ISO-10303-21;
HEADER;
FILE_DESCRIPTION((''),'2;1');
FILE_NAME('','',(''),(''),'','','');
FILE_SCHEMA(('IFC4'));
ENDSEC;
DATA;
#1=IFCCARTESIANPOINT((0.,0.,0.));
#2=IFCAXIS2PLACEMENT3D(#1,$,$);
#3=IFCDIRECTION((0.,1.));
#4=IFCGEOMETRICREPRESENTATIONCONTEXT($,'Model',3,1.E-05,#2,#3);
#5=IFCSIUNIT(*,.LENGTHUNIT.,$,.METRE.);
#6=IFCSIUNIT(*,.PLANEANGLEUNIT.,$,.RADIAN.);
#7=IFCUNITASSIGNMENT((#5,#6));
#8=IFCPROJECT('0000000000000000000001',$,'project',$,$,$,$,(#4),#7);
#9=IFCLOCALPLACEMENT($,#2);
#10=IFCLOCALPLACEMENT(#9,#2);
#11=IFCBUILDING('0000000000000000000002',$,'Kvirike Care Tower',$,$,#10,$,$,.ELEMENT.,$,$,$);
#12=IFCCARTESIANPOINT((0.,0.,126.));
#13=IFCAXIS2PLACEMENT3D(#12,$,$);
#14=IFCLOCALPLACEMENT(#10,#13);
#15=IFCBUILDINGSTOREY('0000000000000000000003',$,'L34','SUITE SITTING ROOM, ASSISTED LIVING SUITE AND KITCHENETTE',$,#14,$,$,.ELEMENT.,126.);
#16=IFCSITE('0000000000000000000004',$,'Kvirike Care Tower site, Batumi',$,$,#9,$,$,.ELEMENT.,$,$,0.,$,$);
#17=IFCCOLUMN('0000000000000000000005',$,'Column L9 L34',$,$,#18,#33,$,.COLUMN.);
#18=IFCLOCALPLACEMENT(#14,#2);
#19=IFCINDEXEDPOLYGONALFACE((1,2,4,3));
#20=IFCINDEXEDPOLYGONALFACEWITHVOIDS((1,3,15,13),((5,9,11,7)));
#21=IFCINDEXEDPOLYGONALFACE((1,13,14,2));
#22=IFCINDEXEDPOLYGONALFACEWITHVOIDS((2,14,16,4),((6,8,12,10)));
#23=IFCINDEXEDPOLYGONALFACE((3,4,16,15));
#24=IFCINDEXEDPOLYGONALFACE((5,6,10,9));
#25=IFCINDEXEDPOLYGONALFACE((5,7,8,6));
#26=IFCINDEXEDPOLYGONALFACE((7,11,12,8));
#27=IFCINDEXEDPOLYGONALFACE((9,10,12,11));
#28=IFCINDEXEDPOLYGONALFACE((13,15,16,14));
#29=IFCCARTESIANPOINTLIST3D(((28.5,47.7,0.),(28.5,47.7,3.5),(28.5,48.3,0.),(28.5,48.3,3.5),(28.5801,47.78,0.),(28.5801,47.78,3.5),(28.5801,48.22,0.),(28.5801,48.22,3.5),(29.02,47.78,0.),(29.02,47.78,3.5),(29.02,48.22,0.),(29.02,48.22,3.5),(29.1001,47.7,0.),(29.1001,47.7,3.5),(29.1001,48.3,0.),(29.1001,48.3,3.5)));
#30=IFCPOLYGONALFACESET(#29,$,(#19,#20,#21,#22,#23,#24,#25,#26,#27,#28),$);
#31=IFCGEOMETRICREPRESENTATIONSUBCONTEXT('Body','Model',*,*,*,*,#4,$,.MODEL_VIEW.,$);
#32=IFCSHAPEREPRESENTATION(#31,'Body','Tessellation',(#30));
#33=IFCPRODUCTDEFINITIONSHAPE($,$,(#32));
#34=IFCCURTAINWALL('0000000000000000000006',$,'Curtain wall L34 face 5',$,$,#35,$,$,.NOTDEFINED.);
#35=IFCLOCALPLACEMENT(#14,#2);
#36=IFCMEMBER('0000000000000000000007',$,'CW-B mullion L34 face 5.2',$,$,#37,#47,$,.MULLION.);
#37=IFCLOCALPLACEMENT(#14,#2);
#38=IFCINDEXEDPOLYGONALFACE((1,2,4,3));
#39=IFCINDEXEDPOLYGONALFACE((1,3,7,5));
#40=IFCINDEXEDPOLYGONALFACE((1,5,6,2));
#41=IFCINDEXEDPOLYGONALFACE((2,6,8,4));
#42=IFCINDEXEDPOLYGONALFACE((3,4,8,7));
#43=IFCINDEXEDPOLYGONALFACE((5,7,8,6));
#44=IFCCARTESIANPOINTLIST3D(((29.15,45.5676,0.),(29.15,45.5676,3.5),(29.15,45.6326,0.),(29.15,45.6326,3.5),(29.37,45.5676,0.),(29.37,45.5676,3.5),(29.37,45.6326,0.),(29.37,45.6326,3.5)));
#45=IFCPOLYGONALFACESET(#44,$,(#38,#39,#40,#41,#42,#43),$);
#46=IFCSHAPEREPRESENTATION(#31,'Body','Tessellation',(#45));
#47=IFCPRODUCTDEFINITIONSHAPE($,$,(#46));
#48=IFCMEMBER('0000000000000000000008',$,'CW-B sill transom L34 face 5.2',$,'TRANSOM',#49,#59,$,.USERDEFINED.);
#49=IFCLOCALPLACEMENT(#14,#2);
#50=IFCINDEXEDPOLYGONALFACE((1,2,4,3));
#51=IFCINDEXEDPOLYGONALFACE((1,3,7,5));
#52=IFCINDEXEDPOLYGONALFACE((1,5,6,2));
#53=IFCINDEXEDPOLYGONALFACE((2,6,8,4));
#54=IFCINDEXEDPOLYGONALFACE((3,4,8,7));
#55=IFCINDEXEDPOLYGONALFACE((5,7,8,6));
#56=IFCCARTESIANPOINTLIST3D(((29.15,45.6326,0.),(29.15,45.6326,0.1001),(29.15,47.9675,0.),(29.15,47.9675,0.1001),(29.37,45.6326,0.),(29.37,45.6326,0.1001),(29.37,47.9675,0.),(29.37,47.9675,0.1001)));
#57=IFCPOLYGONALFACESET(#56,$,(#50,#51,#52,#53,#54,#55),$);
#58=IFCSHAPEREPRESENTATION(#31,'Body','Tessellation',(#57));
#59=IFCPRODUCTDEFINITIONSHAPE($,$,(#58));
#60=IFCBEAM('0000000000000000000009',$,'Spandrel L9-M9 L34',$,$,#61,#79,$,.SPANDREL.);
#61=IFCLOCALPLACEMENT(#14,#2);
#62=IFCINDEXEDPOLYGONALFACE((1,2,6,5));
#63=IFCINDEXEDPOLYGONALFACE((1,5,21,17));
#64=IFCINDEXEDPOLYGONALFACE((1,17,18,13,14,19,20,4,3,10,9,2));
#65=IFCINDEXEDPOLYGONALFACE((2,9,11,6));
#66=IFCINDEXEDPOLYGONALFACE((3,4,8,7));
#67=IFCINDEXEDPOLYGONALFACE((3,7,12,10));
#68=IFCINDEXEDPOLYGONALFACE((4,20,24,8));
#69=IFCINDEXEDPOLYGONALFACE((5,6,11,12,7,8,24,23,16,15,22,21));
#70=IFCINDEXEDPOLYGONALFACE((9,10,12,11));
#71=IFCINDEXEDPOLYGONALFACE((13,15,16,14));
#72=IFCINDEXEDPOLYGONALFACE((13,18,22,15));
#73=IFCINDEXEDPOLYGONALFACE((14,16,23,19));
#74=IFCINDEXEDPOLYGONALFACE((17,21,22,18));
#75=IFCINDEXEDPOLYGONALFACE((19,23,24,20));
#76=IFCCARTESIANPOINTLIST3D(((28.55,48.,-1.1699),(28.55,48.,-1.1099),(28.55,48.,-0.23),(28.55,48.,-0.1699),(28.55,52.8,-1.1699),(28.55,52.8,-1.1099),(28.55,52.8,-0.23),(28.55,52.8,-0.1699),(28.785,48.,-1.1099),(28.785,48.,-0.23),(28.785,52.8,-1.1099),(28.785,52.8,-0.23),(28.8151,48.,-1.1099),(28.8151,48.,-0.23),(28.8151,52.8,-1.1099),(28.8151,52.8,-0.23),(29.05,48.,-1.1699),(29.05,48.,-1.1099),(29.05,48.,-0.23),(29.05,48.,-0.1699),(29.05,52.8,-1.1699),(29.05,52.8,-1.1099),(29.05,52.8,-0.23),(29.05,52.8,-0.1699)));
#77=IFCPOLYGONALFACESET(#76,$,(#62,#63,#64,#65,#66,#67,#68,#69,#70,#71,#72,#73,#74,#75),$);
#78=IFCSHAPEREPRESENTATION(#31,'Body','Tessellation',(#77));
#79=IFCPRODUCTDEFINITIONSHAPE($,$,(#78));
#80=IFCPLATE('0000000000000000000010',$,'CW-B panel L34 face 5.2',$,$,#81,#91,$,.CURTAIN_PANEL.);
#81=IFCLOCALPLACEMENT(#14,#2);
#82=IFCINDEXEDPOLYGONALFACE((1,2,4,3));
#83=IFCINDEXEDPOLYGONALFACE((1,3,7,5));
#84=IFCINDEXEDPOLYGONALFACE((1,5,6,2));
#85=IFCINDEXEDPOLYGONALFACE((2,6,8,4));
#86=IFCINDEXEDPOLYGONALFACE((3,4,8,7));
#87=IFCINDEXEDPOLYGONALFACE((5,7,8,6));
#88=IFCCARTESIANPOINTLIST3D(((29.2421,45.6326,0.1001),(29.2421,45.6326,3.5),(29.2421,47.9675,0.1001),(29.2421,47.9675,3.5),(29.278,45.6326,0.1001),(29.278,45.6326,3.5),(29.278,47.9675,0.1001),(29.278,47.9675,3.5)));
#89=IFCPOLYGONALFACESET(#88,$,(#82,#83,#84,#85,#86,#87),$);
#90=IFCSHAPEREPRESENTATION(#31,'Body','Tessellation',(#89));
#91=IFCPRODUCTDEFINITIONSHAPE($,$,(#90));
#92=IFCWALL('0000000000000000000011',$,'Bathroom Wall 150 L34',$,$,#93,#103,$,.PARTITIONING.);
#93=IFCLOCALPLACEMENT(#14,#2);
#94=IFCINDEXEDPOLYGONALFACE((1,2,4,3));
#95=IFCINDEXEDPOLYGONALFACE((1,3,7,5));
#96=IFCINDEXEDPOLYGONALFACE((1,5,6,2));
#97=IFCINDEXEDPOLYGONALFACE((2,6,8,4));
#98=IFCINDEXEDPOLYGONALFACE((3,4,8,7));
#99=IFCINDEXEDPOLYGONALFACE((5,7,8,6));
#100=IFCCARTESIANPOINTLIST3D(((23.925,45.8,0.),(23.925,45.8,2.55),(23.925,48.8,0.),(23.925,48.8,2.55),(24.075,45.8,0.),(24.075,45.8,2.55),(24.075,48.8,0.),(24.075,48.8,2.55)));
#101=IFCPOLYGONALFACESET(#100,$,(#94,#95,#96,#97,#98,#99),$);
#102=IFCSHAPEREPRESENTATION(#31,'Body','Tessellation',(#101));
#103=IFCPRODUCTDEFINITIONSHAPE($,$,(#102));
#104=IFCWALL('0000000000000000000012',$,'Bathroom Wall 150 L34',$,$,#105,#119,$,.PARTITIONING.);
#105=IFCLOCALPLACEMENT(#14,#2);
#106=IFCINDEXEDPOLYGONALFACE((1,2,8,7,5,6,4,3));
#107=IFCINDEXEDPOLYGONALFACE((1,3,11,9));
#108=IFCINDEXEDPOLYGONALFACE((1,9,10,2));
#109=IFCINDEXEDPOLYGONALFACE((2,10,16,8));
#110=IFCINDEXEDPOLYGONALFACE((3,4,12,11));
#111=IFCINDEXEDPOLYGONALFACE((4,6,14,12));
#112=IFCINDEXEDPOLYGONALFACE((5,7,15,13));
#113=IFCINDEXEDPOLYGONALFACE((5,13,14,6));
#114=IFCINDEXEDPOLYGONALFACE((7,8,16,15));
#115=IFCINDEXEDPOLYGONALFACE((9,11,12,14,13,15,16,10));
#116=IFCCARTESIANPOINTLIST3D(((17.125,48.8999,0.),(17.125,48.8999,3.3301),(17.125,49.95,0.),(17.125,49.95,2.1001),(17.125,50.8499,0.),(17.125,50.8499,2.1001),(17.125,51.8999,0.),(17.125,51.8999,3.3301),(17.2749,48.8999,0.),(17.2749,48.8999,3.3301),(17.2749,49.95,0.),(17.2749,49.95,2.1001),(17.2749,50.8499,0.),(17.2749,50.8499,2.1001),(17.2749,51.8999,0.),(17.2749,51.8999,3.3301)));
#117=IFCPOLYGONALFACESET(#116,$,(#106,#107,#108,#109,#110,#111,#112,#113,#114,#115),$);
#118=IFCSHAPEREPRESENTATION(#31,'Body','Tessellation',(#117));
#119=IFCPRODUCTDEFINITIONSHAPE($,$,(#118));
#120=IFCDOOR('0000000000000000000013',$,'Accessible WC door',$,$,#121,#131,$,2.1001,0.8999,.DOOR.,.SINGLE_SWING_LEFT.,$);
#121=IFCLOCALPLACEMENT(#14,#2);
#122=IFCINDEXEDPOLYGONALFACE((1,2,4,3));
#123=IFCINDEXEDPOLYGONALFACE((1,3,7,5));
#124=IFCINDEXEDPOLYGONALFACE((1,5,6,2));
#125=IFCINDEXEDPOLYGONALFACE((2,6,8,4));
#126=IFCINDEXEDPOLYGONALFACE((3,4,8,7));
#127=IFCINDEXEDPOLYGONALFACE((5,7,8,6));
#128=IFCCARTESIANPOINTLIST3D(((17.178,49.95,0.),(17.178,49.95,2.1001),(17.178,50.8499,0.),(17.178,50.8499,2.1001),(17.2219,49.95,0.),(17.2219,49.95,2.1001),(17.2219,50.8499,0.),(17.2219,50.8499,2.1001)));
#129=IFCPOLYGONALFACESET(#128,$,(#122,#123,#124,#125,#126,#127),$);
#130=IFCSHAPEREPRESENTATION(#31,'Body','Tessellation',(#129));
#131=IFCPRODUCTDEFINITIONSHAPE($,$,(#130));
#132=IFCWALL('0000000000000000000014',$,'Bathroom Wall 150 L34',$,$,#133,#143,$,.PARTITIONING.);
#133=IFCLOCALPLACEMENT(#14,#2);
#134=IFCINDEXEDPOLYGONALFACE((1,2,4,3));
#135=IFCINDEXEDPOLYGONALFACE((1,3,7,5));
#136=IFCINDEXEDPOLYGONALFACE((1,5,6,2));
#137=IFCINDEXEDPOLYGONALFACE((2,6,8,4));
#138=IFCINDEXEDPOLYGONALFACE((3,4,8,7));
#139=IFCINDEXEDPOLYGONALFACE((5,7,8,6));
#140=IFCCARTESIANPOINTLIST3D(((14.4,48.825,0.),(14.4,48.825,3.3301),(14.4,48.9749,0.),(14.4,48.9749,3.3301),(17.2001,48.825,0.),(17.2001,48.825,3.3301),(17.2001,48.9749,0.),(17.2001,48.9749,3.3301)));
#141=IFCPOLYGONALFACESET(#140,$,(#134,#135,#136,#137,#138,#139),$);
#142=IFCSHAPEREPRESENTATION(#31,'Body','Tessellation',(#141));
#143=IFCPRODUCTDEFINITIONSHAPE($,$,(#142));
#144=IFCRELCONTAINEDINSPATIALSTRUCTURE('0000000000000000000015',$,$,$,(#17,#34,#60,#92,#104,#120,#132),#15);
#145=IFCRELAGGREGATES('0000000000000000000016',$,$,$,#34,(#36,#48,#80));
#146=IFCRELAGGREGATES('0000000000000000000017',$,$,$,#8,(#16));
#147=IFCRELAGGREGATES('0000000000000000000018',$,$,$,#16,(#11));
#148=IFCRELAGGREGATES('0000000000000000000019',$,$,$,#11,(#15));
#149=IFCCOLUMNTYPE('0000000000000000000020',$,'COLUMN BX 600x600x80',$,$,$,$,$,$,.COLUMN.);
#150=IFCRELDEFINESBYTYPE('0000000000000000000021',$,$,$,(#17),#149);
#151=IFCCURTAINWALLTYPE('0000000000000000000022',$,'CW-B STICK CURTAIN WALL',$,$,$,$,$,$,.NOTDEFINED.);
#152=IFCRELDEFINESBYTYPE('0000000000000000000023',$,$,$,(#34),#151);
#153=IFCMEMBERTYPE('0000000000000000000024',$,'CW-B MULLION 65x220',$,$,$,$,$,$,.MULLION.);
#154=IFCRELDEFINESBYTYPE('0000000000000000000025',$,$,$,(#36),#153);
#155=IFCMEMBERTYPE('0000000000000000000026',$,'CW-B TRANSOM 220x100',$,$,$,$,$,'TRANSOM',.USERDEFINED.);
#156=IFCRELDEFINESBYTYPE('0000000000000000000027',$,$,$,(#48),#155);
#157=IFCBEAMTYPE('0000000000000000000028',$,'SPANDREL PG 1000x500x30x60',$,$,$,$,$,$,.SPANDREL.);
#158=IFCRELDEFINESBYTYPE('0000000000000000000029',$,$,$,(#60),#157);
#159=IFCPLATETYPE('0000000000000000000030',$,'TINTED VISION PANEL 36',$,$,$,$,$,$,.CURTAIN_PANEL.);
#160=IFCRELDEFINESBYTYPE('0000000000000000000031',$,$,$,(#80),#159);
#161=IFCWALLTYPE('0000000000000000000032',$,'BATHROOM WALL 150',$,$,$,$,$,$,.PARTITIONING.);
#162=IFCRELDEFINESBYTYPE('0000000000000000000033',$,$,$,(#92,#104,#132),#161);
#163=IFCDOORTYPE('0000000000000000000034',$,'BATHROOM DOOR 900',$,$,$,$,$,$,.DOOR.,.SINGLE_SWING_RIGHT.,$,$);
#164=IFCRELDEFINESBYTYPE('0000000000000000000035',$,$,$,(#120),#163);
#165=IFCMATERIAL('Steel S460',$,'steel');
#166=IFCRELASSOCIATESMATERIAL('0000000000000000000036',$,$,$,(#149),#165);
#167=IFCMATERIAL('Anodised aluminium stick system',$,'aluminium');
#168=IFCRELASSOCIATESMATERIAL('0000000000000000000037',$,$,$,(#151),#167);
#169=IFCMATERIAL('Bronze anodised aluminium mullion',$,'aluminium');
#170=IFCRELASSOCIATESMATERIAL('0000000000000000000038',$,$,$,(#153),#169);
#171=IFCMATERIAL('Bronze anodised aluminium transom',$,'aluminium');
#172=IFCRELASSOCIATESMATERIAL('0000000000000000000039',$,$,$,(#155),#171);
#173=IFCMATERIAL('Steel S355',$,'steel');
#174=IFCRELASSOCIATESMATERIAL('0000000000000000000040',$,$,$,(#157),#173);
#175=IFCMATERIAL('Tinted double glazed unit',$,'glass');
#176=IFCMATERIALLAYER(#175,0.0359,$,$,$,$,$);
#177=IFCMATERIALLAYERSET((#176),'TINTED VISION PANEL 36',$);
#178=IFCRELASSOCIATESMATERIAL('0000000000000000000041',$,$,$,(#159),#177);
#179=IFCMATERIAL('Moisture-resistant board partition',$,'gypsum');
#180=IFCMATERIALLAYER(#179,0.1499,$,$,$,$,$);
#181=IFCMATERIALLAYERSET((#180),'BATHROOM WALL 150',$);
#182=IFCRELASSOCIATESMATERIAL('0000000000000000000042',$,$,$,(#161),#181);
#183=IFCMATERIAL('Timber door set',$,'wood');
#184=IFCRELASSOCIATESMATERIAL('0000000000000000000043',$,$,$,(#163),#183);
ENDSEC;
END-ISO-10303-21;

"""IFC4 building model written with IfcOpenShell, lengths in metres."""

from ifc_helpers import new_model, si_unit, direction, frame, frame_2d, origin, origin_2d, place, context, subcontext, project, spatial, rectangle, hollow_rectangle, i_section, extrude, material, layer, layer_set, material_profile, profile_set, type_object, element, fill, aggregate, save


model = new_model("IFC4")

# Units and contexts
model_context = context("Model", 3, precision=1e-05, world=origin(), true_north=direction((0.0, 1.0)))
body_context = subcontext(model_context, "Body", "Model", "MODEL_VIEW")
ifc_project = project(units=[si_unit("LENGTHUNIT", "METRE"), si_unit("PLANEANGLEUNIT", "RADIAN")], contexts=[model_context])

# Site, building, storey
site_placement = place(None, origin())
site = spatial("IfcSite", under=ifc_project, at=site_placement, Name="Kvirike Care Tower site, Batumi", CompositionType="ELEMENT", RefElevation=0.0)
building_placement = place(site_placement, origin())
building = spatial("IfcBuilding", under=site, at=building_placement, Name="Kvirike Care Tower", CompositionType="ELEMENT")
storey_placement = place(building_placement, frame((0.0, 0.0, 126.0)))
storey = spatial("IfcBuildingStorey", under=building, at=storey_placement, Name="L34", Description="SUITE SITTING ROOM, ASSISTED LIVING SUITE AND KITCHENETTE", CompositionType="ELEMENT", Elevation=126.0)

# Column
ifc_material_1 = material(Name="Steel S460", Category="steel")
ifc_material_profile_1 = material_profile(ifc_material_1, hollow_rectangle(XDim=0.6001, YDim=0.6001, WallThickness=0.0801, at=origin_2d()), Name="BX 600x600x80")
ifc_profile_set_1 = profile_set([ifc_material_profile_1], Name="Steel S460")
column_type = type_object("IfcColumnType", Name="COLUMN BX 600x600x80", PredefinedType="COLUMN", material=ifc_profile_set_1)
column_placement = place(storey_placement, frame((28.8, 48.0, 0.0), z_axis=(0.0, 0.0, 1.0), x_axis=(1.0, 0.0, 0.0)))
element("IfcColumn", 1, at=column_placement, inside=storey, type_object=column_type, Name="Column L9 L34", PredefinedType="COLUMN", context=body_context, shape_type="SweptSolid", body=[
    extrude(hollow_rectangle(XDim=0.6001, YDim=0.6001, WallThickness=0.0801, at=origin_2d()), origin(), (0.0, 0.0, 1.0), 3.5),
])

# Curtain wall, members
ifc_material_2 = material(Name="Anodised aluminium stick system", Category="aluminium")
curtain_wall_type = type_object("IfcCurtainWallType", Name="CW-B STICK CURTAIN WALL", PredefinedType="NOTDEFINED", material=ifc_material_2)
curtain_wall_placement = place(storey_placement, origin())
curtain_wall = element("IfcCurtainWall", 2, at=curtain_wall_placement, inside=storey, type_object=curtain_wall_type, Name="Curtain wall L34 face 5", PredefinedType="NOTDEFINED")
ifc_material_3 = material(Name="Bronze anodised aluminium mullion", Category="aluminium")
ifc_material_profile_2 = material_profile(ifc_material_3, rectangle(XDim=0.0649, YDim=0.22, at=origin_2d()), Name="CW-B MULLION 65x220")
ifc_profile_set_2 = profile_set([ifc_material_profile_2], Name="Bronze anodised aluminium mullion")
member_type_1 = type_object("IfcMemberType", Name="CW-B MULLION 65x220", PredefinedType="MULLION", material=ifc_profile_set_2)
member_1_placement = place(storey_placement, frame((29.26, 45.6001, 0.0), z_axis=(0.0, 0.0, 1.0), x_axis=(0.0, 1.0, 0.0)))
member_1 = element("IfcMember", 3, at=member_1_placement, type_object=member_type_1, Name="CW-B mullion L34 face 5.2", PredefinedType="MULLION", context=body_context, shape_type="SweptSolid", body=[
    extrude(rectangle(XDim=0.0649, YDim=0.22, at=origin_2d()), origin(), (0.0, 0.0, 1.0), 3.5),
])
ifc_material_4 = material(Name="Bronze anodised aluminium transom", Category="aluminium")
ifc_material_profile_3 = material_profile(ifc_material_4, rectangle(XDim=0.22, YDim=0.1001, at=origin_2d()), Name="CW-B TRANSOM 220x100")
ifc_profile_set_3 = profile_set([ifc_material_profile_3], Name="Bronze anodised aluminium transom")
member_type_2 = type_object("IfcMemberType", Name="CW-B TRANSOM 220x100", ElementType="TRANSOM", PredefinedType="USERDEFINED", material=ifc_profile_set_3)
member_2_placement = place(storey_placement, frame((29.26, 45.6326, 0.05), z_axis=(0.0, 1.0, 0.0), x_axis=(-1.0, 0.0, 0.0)))
member_2 = element("IfcMember", 4, at=member_2_placement, type_object=member_type_2, Name="CW-B sill transom L34 face 5.2", ObjectType="TRANSOM", PredefinedType="USERDEFINED", context=body_context, shape_type="SweptSolid", body=[
    extrude(rectangle(XDim=0.22, YDim=0.1001, at=origin_2d()), origin(), (0.0, 0.0, 1.0), 2.335),
])

# Beam
ifc_material_5 = material(Name="Steel S355", Category="steel")
ifc_material_profile_4 = material_profile(ifc_material_5, i_section(OverallWidth=0.5, OverallDepth=1.0, WebThickness=0.03, FlangeThickness=0.0601, at=origin_2d()), Name="PG 1000x500x30x60")
ifc_profile_set_4 = profile_set([ifc_material_profile_4], Name="Steel S355")
beam_type = type_object("IfcBeamType", Name="SPANDREL PG 1000x500x30x60", PredefinedType="SPANDREL", material=ifc_profile_set_4)
beam_placement = place(storey_placement, frame((28.8, 48.0, -0.6699), z_axis=(0.0, 1.0, 0.0), x_axis=(-1.0, 0.0, 0.0)))
element("IfcBeam", 5, at=beam_placement, inside=storey, type_object=beam_type, Name="Spandrel L9-M9 L34", PredefinedType="SPANDREL", context=body_context, shape_type="SweptSolid", body=[
    extrude(i_section(OverallWidth=0.5, OverallDepth=1.0, WebThickness=0.03, FlangeThickness=0.0601, at=origin_2d()), origin(), (0.0, 0.0, 1.0), 4.8),
])

# Plate
ifc_material_6 = material(Name="Tinted double glazed unit", Category="glass")
ifc_layer_1 = layer(ifc_material_6, 0.0359)
ifc_layer_set_1 = layer_set([ifc_layer_1], Name="TINTED VISION PANEL 36")
plate_type = type_object("IfcPlateType", Name="TINTED VISION PANEL 36", PredefinedType="CURTAIN_PANEL", material=ifc_layer_set_1)
plate_placement = place(storey_placement, frame((29.26, 46.8, 0.1001), z_axis=(0.0, 0.0, 1.0), x_axis=(0.0, 1.0, 0.0)))
plate = element("IfcPlate", 6, at=plate_placement, type_object=plate_type, Name="CW-B panel L34 face 5.2", PredefinedType="CURTAIN_PANEL", context=body_context, shape_type="SweptSolid", body=[
    extrude(rectangle(XDim=2.335, YDim=0.0359, at=origin_2d()), origin(), (0.0, 0.0, 1.0), 3.3999),
])
aggregate(curtain_wall, [member_1, member_2, plate])

# Wall
ifc_material_7 = material(Name="Moisture-resistant board partition", Category="gypsum")
ifc_layer_2 = layer(ifc_material_7, 0.1499)
ifc_layer_set_2 = layer_set([ifc_layer_2], Name="BATHROOM WALL 150")
wall_type_1 = type_object("IfcWallType", Name="BATHROOM WALL 150", PredefinedType="PARTITIONING", material=ifc_layer_set_2)
wall_1_placement = place(storey_placement, frame((24.0, 48.8, 0.0), z_axis=(0.0, 0.0, 1.0), x_axis=(0.0, -1.0, 0.0)))
element("IfcWall", 7, at=wall_1_placement, inside=storey, type_object=wall_type_1, Name="Bathroom Wall 150 L34", PredefinedType="PARTITIONING", context=body_context, shape_type="SweptSolid", body=[
    extrude(rectangle(XDim=3.0, YDim=0.1499, at=frame_2d((1.5, 0.0))), origin(), (0.0, 0.0, 1.0), 2.55),
])

# Wall, opening, door
wall_2_placement = place(storey_placement, frame((17.2, 51.8999, 0.0), z_axis=(0.0, 0.0, 1.0), x_axis=(0.0, -1.0, 0.0)))
wall_2 = element("IfcWall", 8, at=wall_2_placement, inside=storey, type_object=wall_type_1, Name="Bathroom Wall 150 L34", PredefinedType="PARTITIONING", context=body_context, shape_type="SweptSolid", body=[
    extrude(rectangle(XDim=3.0, YDim=0.1499, at=frame_2d((1.5, 0.0))), origin(), (0.0, 0.0, 1.0), 3.3301),
])
opening_1_placement = place(wall_2_placement, frame((1.05, 0.0, 0.0)))
opening_1 = element("IfcOpeningElement", 9, at=opening_1_placement, cuts=wall_2, PredefinedType="OPENING", context=body_context, shape_type="SweptSolid", body=[
    extrude(rectangle(XDim=0.8999, YDim=2.1001, at=frame_2d((0.45, 1.05))), frame((0.0, 0.0854, 0.0), z_axis=(0.0, -1.0, 0.0), x_axis=(1.0, 0.0, 0.0)), (0.0, 0.0, 1.0), 0.1709),
])
ifc_material_8 = material(Name="Timber door set", Category="wood")
door_type_1 = type_object("IfcDoorType", Name="BATHROOM DOOR 900", OperationType="SINGLE_SWING_RIGHT", PredefinedType="DOOR", material=ifc_material_8)
door_1_placement = place(opening_1_placement, frame((0.8999, 0.0, 0.0), z_axis=(0.0, 0.0, 1.0), x_axis=(-1.0, 0.0, 0.0)))
door_1 = element("IfcDoor", 10, at=door_1_placement, inside=storey, type_object=door_type_1, Name="Accessible WC door", OperationType="SINGLE_SWING_LEFT", OverallHeight=2.1001, OverallWidth=0.8999, PredefinedType="DOOR", context=body_context, shape_type="SweptSolid", body=[
    extrude(rectangle(XDim=0.8999, YDim=2.1001, at=frame_2d((0.45, 1.05))), frame((0.0, 0.022, 0.0), z_axis=(0.0, -1.0, 0.0), x_axis=(1.0, 0.0, 0.0)), (0.0, 0.0, 1.0), 0.0439),
])
fill(opening_1, door_1)

# Wall
wall_3_placement = place(storey_placement, frame((17.2, 48.8999, 0.0), z_axis=(0.0, 0.0, 1.0), x_axis=(-1.0, 0.0, 0.0)))
element("IfcWall", 11, at=wall_3_placement, inside=storey, type_object=wall_type_1, Name="Bathroom Wall 150 L34", PredefinedType="PARTITIONING", context=body_context, shape_type="SweptSolid", body=[
    extrude(rectangle(XDim=2.8, YDim=0.1499, at=frame_2d((1.3999, 0.0))), origin(), (0.0, 0.0, 1.0), 3.3301),
])

save(model, "model.ifc")
